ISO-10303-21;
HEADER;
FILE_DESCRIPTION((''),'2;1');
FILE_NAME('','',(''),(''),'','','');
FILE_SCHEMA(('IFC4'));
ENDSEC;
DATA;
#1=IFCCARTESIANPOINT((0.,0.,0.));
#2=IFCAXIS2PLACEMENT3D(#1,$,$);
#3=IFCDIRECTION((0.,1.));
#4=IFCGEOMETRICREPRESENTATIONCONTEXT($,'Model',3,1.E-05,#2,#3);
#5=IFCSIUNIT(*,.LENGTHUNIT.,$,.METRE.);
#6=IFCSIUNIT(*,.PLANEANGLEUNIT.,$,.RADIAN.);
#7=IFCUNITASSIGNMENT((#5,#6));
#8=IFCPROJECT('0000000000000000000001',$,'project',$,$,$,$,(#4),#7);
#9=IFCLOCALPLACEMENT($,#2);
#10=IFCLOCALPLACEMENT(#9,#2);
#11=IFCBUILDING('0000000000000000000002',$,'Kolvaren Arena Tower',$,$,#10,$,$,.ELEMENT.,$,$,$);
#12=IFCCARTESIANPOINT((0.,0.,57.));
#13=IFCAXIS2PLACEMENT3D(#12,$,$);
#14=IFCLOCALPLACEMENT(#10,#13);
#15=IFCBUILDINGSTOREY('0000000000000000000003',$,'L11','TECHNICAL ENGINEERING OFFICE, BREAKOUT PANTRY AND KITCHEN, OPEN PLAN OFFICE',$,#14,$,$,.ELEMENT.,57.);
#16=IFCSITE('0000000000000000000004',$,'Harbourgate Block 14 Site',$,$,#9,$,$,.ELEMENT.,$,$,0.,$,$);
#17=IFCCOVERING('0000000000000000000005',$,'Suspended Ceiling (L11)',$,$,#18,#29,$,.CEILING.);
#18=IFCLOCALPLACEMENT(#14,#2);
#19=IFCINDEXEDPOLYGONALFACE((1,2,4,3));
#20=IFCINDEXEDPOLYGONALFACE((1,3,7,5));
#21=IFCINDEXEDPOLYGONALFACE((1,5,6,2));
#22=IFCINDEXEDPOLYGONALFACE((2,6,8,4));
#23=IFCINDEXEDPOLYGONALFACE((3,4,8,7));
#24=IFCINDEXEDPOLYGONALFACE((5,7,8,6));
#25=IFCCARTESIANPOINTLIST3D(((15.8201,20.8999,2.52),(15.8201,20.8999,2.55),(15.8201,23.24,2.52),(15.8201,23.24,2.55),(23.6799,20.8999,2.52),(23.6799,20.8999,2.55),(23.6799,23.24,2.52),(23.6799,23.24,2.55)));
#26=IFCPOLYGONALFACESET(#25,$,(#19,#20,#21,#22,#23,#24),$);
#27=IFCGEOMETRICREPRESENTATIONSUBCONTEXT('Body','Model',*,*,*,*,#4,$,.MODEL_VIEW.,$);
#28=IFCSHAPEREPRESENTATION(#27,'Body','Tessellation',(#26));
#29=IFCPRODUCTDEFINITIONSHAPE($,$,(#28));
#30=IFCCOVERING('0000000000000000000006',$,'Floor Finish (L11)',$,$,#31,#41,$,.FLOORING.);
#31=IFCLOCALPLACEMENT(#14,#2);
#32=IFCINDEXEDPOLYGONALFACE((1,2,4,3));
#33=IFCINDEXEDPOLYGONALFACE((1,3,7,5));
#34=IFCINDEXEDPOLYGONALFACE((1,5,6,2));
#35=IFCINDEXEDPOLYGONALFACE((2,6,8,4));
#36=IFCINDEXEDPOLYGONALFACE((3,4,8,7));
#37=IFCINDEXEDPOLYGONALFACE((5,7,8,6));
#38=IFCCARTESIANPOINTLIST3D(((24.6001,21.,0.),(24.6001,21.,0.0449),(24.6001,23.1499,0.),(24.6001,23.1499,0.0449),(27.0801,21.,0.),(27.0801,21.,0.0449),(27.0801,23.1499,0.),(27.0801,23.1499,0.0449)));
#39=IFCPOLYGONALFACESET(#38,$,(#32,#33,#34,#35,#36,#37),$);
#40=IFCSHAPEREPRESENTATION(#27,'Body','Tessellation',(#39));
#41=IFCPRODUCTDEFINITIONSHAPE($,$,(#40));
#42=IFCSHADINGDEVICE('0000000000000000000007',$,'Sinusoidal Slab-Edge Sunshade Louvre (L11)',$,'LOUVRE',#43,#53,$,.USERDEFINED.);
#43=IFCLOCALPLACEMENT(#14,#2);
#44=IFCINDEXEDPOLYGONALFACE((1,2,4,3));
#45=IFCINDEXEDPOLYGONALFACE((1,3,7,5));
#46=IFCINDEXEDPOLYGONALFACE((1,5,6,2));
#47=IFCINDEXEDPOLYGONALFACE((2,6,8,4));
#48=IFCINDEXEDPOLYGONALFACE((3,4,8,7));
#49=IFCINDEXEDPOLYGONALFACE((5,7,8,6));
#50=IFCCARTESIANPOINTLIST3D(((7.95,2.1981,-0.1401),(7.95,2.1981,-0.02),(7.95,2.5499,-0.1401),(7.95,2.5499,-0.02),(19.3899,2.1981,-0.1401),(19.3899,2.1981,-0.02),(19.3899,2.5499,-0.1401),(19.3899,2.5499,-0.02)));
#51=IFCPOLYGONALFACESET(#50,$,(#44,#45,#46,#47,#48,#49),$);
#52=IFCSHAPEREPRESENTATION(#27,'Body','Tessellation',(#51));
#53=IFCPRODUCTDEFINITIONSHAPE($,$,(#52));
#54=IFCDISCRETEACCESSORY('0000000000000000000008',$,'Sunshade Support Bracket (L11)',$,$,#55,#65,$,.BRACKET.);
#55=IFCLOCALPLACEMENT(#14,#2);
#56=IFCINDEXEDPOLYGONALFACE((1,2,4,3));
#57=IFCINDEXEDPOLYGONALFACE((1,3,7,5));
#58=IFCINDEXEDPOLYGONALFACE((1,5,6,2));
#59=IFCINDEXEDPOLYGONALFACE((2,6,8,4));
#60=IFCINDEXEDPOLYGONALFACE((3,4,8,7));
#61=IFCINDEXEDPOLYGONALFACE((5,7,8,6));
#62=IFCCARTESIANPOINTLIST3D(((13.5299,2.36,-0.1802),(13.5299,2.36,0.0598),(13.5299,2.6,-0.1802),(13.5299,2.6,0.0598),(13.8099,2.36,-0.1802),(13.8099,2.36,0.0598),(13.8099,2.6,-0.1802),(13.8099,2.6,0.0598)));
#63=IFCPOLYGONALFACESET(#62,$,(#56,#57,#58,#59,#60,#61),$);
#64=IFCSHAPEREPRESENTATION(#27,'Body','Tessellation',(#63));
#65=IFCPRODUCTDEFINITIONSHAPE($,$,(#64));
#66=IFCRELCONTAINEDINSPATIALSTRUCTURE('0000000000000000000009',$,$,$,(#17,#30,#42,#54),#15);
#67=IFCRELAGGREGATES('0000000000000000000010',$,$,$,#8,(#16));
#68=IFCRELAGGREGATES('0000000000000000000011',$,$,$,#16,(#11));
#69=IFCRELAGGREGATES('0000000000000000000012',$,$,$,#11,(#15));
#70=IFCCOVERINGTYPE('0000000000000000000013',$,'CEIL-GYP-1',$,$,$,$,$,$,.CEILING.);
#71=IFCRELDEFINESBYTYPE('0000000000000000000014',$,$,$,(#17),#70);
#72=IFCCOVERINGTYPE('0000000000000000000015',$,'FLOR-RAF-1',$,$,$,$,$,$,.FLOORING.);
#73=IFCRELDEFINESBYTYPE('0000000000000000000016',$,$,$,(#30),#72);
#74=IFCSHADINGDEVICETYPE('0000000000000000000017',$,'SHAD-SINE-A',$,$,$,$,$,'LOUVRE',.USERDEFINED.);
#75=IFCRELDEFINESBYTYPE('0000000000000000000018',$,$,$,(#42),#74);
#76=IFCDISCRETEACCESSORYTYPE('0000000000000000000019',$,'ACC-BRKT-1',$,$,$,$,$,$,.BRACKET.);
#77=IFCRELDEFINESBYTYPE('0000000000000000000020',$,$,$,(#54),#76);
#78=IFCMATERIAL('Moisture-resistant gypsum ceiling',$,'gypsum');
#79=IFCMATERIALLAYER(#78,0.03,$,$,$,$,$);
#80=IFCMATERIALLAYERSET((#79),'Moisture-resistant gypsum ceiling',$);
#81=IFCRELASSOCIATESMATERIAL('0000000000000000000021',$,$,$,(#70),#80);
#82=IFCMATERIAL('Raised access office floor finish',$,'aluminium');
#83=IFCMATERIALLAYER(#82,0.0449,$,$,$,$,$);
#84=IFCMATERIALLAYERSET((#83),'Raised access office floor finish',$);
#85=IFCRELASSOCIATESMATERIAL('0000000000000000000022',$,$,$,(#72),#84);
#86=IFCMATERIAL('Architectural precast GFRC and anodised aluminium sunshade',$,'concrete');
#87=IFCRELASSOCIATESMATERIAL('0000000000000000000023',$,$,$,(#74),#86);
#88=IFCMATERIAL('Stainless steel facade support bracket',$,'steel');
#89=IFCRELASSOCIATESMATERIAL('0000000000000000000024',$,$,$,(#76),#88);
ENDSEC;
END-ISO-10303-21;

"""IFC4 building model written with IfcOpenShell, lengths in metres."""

from ifc_helpers import new_model, si_unit, direction, frame, origin, origin_2d, place, context, subcontext, project, spatial, polyline, rectangle, outline, extrude, material, layer, layer_set, type_object, element, save


model = new_model("IFC4")

# Units and contexts
model_context = context("Model", 3, precision=1e-05, world=origin(), true_north=direction((0.0, 1.0)))
body_context = subcontext(model_context, "Body", "Model", "MODEL_VIEW")
ifc_project = project(units=[si_unit("LENGTHUNIT", "METRE"), si_unit("PLANEANGLEUNIT", "RADIAN")], contexts=[model_context])

# Site, building, storey
site_placement = place(None, origin())
site = spatial("IfcSite", under=ifc_project, at=site_placement, Name="Harbourgate Block 14 Site", CompositionType="ELEMENT", RefElevation=0.0)
building_placement = place(site_placement, origin())
building = spatial("IfcBuilding", under=site, at=building_placement, Name="Kolvaren Arena Tower", CompositionType="ELEMENT")
storey_placement = place(building_placement, frame((0.0, 0.0, 57.0)))
storey = spatial("IfcBuildingStorey", under=building, at=storey_placement, Name="L11", Description="TECHNICAL ENGINEERING OFFICE, BREAKOUT PANTRY AND KITCHEN, OPEN PLAN OFFICE", CompositionType="ELEMENT", Elevation=57.0)

# Coverings
ifc_material_1 = material(Name="Moisture-resistant gypsum ceiling", Category="gypsum")
ifc_layer_1 = layer(ifc_material_1, 0.03)
ifc_layer_set_1 = layer_set([ifc_layer_1], Name="Moisture-resistant gypsum ceiling")
covering_type_1 = type_object("IfcCoveringType", Name="CEIL-GYP-1", PredefinedType="CEILING", material=ifc_layer_set_1)
covering_1_placement = place(storey_placement, frame((0.0, 0.0, 2.52)))
element("IfcCovering", 1, at=covering_1_placement, inside=storey, type_object=covering_type_1, Name="Suspended Ceiling (L11)", PredefinedType="CEILING", context=body_context, shape_type="SweptSolid", body=[
    extrude(outline(polyline([(15.8201, 20.8999), (15.8201, 23.24), (23.6799, 23.24), (23.6799, 20.8999), (15.8201, 20.8999)])), origin(), (0.0, 0.0, 1.0), 0.03),
])
ifc_material_2 = material(Name="Raised access office floor finish", Category="aluminium")
ifc_layer_2 = layer(ifc_material_2, 0.0449)
ifc_layer_set_2 = layer_set([ifc_layer_2], Name="Raised access office floor finish")
covering_type_2 = type_object("IfcCoveringType", Name="FLOR-RAF-1", PredefinedType="FLOORING", material=ifc_layer_set_2)
covering_2_placement = place(storey_placement, origin())
element("IfcCovering", 2, at=covering_2_placement, inside=storey, type_object=covering_type_2, Name="Floor Finish (L11)", PredefinedType="FLOORING", context=body_context, shape_type="SweptSolid", body=[
    extrude(outline(polyline([(24.6001, 21.0), (24.6001, 23.1499), (27.0801, 23.1499), (27.0801, 21.0), (24.6001, 21.0)])), origin(), (0.0, 0.0, 1.0), 0.0449),
])

# Shading device
ifc_material_3 = material(Name="Architectural precast GFRC and anodised aluminium sunshade", Category="concrete")
shading_device_type = type_object("IfcShadingDeviceType", Name="SHAD-SINE-A", ElementType="LOUVRE", PredefinedType="USERDEFINED", material=ifc_material_3)
shading_device_placement = place(storey_placement, frame((13.6699, 2.374, -0.1401), z_axis=(0.0, 0.0, 1.0), x_axis=(-1.0, 0.0, 0.0)))
element("IfcShadingDevice", 3, at=shading_device_placement, inside=storey, type_object=shading_device_type, Name="Sinusoidal Slab-Edge Sunshade Louvre (L11)", ObjectType="LOUVRE", PredefinedType="USERDEFINED", context=body_context, shape_type="SweptSolid", body=[
    extrude(rectangle(XDim=11.4399, YDim=0.3518, at=origin_2d()), origin(), (0.0, 0.0, 1.0), 0.1201),
])

# Discrete accessory
ifc_material_4 = material(Name="Stainless steel facade support bracket", Category="steel")
discrete_accessory_type = type_object("IfcDiscreteAccessoryType", Name="ACC-BRKT-1", PredefinedType="BRACKET", material=ifc_material_4)
discrete_accessory_placement = place(storey_placement, frame((13.6699, 2.48, -0.1802), z_axis=(0.0, 0.0, 1.0), x_axis=(-1.0, 0.0, 0.0)))
element("IfcDiscreteAccessory", 4, at=discrete_accessory_placement, inside=storey, type_object=discrete_accessory_type, Name="Sunshade Support Bracket (L11)", PredefinedType="BRACKET", context=body_context, shape_type="SweptSolid", body=[
    extrude(rectangle(XDim=0.28, YDim=0.24, at=origin_2d()), origin(), (0.0, 0.0, 1.0), 0.24),
])

save(model, "model.ifc")
